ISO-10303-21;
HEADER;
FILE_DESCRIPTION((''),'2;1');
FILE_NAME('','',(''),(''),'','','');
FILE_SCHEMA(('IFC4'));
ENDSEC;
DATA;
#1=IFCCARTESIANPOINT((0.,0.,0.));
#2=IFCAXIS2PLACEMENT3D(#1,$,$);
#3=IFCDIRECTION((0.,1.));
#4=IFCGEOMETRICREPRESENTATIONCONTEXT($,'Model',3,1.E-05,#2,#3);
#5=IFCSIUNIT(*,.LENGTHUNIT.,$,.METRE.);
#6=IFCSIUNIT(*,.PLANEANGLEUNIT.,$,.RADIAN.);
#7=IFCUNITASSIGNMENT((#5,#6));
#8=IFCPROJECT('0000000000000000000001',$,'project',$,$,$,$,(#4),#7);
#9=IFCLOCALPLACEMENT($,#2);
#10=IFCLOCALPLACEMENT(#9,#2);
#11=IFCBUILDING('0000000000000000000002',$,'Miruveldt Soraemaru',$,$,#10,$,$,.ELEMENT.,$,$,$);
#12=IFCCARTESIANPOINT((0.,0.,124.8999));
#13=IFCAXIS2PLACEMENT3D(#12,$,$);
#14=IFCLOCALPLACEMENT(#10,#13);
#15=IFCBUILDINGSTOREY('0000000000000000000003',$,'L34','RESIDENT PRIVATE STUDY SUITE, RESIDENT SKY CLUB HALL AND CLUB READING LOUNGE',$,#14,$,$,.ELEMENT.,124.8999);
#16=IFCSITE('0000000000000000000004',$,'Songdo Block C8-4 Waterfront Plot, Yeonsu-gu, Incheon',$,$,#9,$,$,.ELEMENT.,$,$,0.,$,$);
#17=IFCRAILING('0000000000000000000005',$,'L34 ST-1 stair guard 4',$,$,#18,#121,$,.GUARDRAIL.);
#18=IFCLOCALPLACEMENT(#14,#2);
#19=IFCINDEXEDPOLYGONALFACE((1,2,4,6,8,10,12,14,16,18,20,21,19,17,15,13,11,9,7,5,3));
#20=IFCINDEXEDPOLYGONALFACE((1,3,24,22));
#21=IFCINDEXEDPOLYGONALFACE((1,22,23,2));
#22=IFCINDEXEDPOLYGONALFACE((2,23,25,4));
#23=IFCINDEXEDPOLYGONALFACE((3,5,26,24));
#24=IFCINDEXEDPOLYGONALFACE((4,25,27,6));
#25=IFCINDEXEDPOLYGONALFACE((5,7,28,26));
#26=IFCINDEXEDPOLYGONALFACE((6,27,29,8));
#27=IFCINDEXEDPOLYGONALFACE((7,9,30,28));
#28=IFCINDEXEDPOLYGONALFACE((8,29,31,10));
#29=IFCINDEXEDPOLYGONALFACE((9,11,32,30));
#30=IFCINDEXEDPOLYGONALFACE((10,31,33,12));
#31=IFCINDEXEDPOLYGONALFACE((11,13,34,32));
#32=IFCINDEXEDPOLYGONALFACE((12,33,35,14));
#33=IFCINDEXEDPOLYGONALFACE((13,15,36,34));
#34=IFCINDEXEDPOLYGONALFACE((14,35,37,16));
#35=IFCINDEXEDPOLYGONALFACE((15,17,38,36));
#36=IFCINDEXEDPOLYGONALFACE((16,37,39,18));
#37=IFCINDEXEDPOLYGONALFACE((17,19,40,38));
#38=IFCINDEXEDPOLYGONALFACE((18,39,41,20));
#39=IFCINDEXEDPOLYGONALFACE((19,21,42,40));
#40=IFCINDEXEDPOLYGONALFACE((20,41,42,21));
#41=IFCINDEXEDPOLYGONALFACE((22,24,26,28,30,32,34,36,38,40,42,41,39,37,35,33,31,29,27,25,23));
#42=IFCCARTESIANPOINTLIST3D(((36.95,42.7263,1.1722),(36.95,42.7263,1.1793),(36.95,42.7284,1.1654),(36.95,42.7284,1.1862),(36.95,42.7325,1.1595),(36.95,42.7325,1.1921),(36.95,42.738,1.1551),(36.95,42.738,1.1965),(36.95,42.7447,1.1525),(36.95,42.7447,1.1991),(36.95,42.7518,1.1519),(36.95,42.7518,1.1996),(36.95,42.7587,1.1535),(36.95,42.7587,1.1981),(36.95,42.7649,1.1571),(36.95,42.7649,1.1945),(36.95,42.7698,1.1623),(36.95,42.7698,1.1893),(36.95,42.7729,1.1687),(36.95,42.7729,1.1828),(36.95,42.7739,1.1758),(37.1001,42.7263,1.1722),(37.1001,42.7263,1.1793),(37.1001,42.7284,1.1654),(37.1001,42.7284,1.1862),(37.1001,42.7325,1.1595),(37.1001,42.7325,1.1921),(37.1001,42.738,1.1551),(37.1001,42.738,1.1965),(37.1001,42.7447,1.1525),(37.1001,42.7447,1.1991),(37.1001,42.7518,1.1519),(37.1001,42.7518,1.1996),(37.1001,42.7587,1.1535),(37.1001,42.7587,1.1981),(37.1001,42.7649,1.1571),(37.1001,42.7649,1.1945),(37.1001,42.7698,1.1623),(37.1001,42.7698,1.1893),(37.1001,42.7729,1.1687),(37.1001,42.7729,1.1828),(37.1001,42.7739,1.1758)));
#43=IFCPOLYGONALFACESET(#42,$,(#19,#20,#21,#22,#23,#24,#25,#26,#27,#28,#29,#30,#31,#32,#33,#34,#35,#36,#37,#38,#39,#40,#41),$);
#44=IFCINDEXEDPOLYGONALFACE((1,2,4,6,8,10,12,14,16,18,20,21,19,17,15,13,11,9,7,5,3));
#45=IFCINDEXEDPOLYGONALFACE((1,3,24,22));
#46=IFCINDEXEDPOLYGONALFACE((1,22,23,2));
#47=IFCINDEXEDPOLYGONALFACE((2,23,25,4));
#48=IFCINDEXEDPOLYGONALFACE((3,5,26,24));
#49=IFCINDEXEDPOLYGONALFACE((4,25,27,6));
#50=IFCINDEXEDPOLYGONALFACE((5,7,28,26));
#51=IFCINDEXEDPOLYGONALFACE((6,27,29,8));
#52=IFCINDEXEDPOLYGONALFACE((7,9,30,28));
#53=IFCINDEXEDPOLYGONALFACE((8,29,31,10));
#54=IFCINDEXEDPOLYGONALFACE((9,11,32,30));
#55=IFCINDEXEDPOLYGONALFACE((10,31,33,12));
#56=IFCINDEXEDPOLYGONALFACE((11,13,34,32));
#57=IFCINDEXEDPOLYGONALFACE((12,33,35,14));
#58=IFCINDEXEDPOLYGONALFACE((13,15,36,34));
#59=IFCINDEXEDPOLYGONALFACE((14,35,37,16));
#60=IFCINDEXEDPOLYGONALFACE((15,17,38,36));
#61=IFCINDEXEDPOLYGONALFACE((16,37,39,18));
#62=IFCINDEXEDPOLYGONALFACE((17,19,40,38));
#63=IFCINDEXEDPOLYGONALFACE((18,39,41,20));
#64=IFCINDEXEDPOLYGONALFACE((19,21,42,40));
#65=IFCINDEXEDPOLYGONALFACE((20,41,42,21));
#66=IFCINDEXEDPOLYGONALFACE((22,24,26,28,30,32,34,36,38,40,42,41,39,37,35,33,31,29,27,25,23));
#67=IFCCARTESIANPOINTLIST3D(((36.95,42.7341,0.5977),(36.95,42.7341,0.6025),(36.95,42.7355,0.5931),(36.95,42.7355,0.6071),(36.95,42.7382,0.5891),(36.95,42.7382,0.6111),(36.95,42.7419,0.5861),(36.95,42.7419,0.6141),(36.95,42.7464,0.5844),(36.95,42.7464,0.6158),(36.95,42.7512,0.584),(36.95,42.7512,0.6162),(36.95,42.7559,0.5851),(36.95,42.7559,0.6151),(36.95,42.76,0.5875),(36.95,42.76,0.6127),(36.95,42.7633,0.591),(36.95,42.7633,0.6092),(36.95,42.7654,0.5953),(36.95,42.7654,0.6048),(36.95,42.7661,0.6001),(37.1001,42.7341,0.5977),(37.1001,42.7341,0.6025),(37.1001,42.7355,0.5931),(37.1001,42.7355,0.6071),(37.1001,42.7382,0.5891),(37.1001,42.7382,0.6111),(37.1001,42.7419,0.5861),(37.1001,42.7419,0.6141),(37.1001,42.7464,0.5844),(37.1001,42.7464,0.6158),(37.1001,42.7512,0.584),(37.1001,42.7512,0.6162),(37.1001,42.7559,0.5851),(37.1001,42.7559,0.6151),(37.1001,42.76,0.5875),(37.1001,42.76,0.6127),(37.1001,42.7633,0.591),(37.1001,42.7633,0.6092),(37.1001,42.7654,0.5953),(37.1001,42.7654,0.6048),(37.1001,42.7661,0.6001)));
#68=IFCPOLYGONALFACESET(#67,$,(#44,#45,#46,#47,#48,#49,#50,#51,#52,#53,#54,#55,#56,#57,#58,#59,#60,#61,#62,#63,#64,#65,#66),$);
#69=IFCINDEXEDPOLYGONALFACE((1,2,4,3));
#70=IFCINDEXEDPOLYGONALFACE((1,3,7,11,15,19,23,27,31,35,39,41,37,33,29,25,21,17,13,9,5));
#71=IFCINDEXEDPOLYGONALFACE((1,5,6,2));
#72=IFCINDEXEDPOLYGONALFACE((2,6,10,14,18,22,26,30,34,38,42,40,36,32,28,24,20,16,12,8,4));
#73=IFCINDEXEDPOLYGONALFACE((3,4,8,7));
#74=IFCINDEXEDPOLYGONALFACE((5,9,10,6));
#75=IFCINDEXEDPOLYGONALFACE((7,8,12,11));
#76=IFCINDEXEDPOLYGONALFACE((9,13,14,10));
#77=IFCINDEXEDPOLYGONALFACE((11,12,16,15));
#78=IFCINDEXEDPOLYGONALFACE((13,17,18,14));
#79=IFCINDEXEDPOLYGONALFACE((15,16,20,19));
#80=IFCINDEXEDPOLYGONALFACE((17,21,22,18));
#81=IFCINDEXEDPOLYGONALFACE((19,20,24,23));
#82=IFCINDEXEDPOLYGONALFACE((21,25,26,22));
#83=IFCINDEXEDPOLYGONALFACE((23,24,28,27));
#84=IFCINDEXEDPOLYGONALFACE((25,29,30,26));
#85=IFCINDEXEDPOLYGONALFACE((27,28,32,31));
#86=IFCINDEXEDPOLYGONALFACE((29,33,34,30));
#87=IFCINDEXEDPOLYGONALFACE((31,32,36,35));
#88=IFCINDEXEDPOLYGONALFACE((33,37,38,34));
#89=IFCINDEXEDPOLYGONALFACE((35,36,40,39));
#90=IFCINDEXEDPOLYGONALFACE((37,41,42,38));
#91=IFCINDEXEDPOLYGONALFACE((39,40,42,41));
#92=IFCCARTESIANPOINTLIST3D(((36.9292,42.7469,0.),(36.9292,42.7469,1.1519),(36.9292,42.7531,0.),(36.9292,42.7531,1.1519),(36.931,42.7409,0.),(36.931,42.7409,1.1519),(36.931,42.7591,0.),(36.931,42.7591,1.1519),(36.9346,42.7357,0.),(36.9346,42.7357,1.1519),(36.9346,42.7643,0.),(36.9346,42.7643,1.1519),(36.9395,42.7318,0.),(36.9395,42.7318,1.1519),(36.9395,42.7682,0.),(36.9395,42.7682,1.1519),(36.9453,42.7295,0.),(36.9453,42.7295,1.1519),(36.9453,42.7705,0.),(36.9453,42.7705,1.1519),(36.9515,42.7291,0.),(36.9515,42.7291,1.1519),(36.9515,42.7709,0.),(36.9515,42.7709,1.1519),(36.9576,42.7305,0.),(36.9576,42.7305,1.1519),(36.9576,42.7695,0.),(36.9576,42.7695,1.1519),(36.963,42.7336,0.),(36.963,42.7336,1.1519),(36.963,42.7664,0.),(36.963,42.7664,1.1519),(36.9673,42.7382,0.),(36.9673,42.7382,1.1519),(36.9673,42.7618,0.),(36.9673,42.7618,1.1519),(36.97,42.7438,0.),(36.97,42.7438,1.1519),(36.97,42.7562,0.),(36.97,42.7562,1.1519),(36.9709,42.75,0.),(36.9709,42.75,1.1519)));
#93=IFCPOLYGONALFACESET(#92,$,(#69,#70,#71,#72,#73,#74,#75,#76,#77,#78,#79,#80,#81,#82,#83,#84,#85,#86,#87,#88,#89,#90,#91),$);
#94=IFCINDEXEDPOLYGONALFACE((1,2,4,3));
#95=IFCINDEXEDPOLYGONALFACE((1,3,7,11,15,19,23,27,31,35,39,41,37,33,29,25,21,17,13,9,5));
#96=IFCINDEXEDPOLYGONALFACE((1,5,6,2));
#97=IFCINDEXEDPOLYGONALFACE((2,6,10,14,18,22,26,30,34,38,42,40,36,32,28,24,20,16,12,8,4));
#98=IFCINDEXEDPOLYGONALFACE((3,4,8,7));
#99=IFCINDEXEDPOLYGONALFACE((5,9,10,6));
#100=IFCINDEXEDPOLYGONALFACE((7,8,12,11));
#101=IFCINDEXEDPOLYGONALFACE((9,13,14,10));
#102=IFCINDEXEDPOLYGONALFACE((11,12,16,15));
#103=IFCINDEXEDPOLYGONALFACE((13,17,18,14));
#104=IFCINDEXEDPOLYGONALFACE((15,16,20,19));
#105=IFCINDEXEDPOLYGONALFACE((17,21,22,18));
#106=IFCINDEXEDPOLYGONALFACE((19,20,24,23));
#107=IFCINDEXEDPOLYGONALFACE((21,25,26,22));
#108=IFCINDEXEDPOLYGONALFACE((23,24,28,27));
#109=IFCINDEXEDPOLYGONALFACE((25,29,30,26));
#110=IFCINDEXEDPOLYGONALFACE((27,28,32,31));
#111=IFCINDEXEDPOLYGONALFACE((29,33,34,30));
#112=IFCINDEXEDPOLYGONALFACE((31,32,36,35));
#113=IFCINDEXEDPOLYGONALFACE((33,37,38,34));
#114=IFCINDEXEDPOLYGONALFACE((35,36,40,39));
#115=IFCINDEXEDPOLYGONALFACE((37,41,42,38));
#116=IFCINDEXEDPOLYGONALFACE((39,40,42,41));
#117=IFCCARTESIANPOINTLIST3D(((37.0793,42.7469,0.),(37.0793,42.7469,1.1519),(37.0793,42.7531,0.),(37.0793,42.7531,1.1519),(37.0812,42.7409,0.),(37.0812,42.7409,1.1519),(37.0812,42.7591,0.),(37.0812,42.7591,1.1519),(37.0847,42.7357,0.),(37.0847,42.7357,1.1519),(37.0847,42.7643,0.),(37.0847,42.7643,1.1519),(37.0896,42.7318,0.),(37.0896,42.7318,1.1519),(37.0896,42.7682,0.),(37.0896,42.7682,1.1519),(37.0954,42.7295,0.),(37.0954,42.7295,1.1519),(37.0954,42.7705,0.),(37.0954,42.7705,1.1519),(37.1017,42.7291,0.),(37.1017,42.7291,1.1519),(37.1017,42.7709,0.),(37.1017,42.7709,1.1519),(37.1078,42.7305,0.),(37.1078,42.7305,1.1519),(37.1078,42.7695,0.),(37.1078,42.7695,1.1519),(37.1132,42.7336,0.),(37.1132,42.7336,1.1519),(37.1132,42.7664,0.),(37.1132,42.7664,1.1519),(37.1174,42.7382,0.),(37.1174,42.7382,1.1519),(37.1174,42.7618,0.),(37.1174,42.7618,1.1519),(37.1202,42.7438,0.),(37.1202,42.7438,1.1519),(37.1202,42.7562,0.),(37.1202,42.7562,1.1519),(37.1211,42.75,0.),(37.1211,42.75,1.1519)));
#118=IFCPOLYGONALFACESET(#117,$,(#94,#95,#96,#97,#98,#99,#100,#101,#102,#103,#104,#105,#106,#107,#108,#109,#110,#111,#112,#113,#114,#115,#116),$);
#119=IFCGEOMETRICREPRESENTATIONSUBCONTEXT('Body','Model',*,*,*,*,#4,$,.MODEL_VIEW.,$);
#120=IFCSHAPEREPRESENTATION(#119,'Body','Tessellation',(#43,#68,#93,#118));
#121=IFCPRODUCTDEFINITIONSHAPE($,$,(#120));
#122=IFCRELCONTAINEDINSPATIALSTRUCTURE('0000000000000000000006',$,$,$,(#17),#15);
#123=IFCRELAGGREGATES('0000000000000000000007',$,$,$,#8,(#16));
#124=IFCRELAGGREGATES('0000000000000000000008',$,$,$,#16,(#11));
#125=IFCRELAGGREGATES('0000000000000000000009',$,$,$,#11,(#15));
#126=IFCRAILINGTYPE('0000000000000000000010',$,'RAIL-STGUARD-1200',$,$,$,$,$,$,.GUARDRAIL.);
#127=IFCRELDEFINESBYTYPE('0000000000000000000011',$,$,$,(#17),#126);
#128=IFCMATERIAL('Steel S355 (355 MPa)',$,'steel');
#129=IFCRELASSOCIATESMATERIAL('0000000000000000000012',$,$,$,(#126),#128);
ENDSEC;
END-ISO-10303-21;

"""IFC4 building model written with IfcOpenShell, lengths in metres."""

from ifc_helpers import new_model, si_unit, direction, frame, origin, origin_2d, place, context, subcontext, project, spatial, circle, extrude, material, type_object, element, save


model = new_model("IFC4")

# Units and contexts
model_context = context("Model", 3, precision=1e-05, world=origin(), true_north=direction((0.0, 1.0)))
body_context = subcontext(model_context, "Body", "Model", "MODEL_VIEW")
ifc_project = project(units=[si_unit("LENGTHUNIT", "METRE"), si_unit("PLANEANGLEUNIT", "RADIAN")], contexts=[model_context])

# Site, building, storey
site_placement = place(None, origin())
site = spatial("IfcSite", under=ifc_project, at=site_placement, Name="Songdo Block C8-4 Waterfront Plot, Yeonsu-gu, Incheon", CompositionType="ELEMENT", RefElevation=0.0)
building_placement = place(site_placement, origin())
building = spatial("IfcBuilding", under=site, at=building_placement, Name="Miruveldt Soraemaru", CompositionType="ELEMENT")
storey_placement = place(building_placement, frame((0.0, 0.0, 124.8999)))
storey = spatial("IfcBuildingStorey", under=building, at=storey_placement, Name="L34", Description="RESIDENT PRIVATE STUDY SUITE, RESIDENT SKY CLUB HALL AND CLUB READING LOUNGE", CompositionType="ELEMENT", Elevation=124.8999)

# Railing
ifc_material_1 = material(Name="Steel S355 (355 MPa)", Category="steel")
railing_type_1 = type_object("IfcRailingType", Name="RAIL-STGUARD-1200", PredefinedType="GUARDRAIL", material=ifc_material_1)
railing_1_placement = place(storey_placement, frame((36.95, 42.75, 0.0)))
element("IfcRailing", 1, at=railing_1_placement, inside=storey, type_object=railing_type_1, Name="L34 ST-1 stair guard 4", PredefinedType="GUARDRAIL", context=body_context, shape_type="SweptSolid", body=[
    extrude(circle(Radius=0.0239, at=origin_2d()), frame((0.0, 0.0, 1.1758), z_axis=(1.0, 0.0, 0.0), x_axis=(0.0, 1.0, 0.0)), (0.0, 0.0, 1.0), 0.1501),
    extrude(circle(Radius=0.0161, at=origin_2d()), frame((0.0, 0.0, 0.6001), z_axis=(1.0, 0.0, 0.0), x_axis=(0.0, 1.0, 0.0)), (0.0, 0.0, 1.0), 0.1501),
    extrude(circle(Radius=0.021, at=origin_2d()), origin(), (0.0, 0.0, 1.0), 1.1519),
    extrude(circle(Radius=0.021, at=origin_2d()), frame((0.1501, 0.0, 0.0)), (0.0, 0.0, 1.0), 1.1519),
])

save(model, "model.ifc")
